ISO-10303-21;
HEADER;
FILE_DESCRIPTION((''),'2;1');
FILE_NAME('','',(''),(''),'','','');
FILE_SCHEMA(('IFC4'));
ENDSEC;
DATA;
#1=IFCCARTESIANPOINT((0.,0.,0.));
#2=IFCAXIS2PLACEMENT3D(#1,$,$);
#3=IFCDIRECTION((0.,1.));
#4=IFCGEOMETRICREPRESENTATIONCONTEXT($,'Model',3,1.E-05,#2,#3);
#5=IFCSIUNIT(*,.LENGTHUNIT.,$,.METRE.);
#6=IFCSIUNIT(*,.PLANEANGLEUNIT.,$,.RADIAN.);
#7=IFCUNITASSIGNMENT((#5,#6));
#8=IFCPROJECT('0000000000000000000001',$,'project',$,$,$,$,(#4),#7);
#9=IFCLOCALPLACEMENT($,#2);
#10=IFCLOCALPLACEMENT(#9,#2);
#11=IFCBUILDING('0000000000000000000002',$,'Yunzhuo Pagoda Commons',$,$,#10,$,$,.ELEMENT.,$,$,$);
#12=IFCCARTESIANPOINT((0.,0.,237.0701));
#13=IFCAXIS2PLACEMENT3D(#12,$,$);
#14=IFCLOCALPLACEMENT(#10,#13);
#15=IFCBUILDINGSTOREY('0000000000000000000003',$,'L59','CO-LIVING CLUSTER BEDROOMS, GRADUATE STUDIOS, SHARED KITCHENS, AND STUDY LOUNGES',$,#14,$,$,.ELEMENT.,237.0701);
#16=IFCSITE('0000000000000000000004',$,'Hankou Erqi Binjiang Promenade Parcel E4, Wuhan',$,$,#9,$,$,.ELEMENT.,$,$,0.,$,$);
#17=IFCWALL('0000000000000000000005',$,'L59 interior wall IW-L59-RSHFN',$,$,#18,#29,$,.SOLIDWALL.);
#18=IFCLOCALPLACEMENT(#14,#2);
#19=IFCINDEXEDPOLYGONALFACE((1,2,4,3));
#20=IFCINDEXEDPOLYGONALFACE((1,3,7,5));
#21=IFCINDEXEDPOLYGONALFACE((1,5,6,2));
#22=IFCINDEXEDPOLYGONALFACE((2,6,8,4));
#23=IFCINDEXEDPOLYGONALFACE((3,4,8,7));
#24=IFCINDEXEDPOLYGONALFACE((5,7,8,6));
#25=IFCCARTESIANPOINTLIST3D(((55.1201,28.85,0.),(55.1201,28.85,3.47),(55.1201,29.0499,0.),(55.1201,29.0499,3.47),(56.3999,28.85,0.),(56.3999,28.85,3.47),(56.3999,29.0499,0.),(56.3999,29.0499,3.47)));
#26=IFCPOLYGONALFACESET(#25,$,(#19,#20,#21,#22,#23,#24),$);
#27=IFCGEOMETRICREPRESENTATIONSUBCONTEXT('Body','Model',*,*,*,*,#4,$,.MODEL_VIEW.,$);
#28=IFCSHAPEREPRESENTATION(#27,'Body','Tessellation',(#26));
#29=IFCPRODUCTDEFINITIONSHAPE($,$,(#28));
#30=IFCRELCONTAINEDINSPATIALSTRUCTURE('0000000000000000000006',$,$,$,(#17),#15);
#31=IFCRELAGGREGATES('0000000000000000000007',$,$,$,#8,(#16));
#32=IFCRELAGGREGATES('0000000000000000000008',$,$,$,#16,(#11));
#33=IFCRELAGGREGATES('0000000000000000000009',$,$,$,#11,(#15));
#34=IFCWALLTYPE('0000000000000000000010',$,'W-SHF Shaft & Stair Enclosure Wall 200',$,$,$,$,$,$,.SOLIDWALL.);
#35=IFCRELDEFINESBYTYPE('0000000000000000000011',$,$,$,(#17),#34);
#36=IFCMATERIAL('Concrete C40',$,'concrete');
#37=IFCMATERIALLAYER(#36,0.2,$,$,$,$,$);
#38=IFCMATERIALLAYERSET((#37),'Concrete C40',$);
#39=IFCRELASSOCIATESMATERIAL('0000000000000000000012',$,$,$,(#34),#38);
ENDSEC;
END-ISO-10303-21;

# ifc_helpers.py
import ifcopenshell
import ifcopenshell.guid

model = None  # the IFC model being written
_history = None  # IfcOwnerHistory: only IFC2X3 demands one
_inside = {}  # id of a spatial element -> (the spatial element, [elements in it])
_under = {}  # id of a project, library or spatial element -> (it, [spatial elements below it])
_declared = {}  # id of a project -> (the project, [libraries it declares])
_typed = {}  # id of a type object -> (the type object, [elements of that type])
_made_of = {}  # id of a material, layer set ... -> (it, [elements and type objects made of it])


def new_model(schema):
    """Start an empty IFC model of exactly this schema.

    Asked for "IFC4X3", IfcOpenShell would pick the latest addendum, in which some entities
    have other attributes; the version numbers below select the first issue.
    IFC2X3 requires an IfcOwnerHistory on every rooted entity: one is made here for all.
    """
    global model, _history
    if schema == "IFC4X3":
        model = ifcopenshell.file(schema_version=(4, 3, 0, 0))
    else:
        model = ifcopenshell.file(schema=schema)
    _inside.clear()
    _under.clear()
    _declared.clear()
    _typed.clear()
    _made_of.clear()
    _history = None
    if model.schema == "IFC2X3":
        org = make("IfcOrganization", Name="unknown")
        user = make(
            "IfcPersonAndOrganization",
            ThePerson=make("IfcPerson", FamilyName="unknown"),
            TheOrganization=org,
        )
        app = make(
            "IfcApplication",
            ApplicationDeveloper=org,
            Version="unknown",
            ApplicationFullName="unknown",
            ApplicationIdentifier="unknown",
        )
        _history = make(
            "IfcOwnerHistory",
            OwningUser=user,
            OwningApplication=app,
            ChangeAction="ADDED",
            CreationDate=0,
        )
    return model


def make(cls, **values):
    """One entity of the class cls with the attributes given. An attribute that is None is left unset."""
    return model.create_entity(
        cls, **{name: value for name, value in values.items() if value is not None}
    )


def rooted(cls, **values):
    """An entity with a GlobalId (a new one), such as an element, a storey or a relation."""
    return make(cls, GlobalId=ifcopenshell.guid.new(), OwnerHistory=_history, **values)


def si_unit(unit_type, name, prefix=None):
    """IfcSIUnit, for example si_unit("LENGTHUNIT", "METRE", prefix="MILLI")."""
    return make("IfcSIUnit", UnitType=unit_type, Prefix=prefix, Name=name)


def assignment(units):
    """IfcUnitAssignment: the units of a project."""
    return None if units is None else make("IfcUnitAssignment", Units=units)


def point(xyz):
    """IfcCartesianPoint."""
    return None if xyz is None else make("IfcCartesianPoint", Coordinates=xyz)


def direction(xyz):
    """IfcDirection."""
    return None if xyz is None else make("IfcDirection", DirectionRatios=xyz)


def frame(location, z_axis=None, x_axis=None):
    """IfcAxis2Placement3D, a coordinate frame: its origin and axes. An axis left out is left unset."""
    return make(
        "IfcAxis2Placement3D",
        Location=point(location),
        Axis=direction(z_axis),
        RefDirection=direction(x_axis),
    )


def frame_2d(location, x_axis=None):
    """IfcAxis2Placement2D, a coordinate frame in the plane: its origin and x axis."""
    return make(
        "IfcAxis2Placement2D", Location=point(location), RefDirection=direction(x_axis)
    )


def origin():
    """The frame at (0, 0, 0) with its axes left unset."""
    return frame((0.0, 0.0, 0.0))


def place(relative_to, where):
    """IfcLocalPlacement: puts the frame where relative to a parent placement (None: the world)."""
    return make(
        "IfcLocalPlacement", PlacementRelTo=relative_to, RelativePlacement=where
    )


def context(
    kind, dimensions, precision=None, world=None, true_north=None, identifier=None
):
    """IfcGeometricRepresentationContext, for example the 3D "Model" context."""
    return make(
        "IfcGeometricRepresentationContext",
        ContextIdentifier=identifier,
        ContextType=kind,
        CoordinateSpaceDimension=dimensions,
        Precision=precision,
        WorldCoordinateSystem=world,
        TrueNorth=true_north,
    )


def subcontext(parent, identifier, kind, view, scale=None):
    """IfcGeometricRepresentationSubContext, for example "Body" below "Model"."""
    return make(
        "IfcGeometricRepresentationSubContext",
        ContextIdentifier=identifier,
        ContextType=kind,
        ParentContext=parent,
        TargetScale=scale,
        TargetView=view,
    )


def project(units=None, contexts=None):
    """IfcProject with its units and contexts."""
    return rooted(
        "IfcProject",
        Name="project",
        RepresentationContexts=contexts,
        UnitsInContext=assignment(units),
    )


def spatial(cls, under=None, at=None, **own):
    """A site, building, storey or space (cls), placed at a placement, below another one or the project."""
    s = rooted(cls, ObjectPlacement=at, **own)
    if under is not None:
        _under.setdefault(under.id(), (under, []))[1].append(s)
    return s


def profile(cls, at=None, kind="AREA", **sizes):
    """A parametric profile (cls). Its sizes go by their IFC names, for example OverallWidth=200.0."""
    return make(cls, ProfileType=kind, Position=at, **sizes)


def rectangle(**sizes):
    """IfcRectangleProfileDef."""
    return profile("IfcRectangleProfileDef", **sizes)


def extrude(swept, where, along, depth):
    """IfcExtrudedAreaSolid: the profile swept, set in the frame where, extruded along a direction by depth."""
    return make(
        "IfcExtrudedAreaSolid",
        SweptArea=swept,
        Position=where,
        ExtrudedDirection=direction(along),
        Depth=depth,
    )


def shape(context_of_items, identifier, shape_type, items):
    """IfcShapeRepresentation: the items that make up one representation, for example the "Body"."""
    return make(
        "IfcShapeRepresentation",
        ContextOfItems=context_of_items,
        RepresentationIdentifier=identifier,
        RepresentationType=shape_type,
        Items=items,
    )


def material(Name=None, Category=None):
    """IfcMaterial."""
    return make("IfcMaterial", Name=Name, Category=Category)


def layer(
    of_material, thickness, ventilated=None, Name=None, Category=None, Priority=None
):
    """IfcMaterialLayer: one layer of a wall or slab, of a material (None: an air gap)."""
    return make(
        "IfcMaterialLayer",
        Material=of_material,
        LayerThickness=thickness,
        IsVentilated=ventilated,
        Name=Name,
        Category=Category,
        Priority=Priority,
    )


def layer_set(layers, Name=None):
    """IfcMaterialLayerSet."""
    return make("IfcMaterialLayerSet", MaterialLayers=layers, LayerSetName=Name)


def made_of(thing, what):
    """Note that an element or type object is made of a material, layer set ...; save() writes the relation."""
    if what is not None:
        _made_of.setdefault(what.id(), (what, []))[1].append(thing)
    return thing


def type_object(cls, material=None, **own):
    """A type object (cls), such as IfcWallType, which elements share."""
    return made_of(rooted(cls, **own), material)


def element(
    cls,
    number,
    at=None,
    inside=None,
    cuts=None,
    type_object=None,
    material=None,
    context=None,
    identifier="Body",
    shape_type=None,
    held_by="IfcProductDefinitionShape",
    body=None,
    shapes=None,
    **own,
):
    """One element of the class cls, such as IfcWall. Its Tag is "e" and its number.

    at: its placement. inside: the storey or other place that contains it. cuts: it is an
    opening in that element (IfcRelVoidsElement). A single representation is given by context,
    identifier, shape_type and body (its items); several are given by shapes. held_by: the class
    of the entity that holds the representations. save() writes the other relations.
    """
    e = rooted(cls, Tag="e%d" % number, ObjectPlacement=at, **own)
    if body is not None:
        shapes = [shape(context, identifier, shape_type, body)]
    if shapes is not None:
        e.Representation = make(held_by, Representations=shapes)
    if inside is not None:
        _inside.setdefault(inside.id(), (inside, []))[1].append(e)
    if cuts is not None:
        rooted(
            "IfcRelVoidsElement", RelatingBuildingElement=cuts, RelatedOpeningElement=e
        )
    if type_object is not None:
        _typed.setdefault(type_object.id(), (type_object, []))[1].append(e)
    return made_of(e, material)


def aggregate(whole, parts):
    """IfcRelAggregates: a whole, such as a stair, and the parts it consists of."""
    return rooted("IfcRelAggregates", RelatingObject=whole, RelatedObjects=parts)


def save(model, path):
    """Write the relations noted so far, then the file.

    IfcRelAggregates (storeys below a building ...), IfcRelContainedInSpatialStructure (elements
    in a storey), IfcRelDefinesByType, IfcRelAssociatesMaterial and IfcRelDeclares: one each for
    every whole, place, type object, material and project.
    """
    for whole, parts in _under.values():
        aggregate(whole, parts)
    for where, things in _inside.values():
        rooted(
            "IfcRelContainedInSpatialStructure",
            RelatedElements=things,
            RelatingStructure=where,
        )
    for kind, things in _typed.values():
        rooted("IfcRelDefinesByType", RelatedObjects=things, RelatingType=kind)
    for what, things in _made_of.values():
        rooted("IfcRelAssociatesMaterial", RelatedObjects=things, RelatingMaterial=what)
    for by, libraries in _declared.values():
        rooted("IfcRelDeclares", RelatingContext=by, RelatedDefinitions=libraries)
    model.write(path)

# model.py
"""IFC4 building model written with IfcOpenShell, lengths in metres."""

from ifc_helpers import new_model, si_unit, direction, frame, frame_2d, origin, place, context, subcontext, project, spatial, rectangle, extrude, material, layer, layer_set, type_object, element, save


model = new_model("IFC4")

# Units and contexts
model_context = context("Model", 3, precision=1e-05, world=origin(), true_north=direction((0.0, 1.0)))
body_context = subcontext(model_context, "Body", "Model", "MODEL_VIEW")
ifc_project = project(units=[si_unit("LENGTHUNIT", "METRE"), si_unit("PLANEANGLEUNIT", "RADIAN")], contexts=[model_context])

# Site, building, storey
site_placement = place(None, origin())
site = spatial("IfcSite", under=ifc_project, at=site_placement, Name="Hankou Erqi Binjiang Promenade Parcel E4, Wuhan", CompositionType="ELEMENT", RefElevation=0.0)
building_placement = place(site_placement, origin())
building = spatial("IfcBuilding", under=site, at=building_placement, Name="Yunzhuo Pagoda Commons", CompositionType="ELEMENT")
storey_placement = place(building_placement, frame((0.0, 0.0, 237.0701)))
storey = spatial("IfcBuildingStorey", under=building, at=storey_placement, Name="L59", Description="CO-LIVING CLUSTER BEDROOMS, GRADUATE STUDIOS, SHARED KITCHENS, AND STUDY LOUNGES", CompositionType="ELEMENT", Elevation=237.0701)

# Shared definitions
ifc_material_1 = material(Name="Concrete C40", Category="concrete")
ifc_layer_1 = layer(ifc_material_1, 0.2)
ifc_layer_set_1 = layer_set([ifc_layer_1], Name="Concrete C40")
wall_type_1 = type_object("IfcWallType", Name="W-SHF Shaft & Stair Enclosure Wall 200", PredefinedType="SOLIDWALL", material=ifc_layer_set_1)

# Wall
wall_1_placement = place(storey_placement, frame((55.1201, 28.95, 0.0), z_axis=(0.0, 0.0, 1.0), x_axis=(1.0, 0.0, 0.0)))
element("IfcWall", 1, at=wall_1_placement, inside=storey, type_object=wall_type_1, Name="L59 interior wall IW-L59-RSHFN", PredefinedType="SOLIDWALL", context=body_context, shape_type="SweptSolid", body=[
    extrude(rectangle(XDim=1.2798, YDim=0.2, at=frame_2d((0.6399, 0.0))), origin(), (0.0, 0.0, 1.0), 3.47),
])

save(model, "model.ifc")
